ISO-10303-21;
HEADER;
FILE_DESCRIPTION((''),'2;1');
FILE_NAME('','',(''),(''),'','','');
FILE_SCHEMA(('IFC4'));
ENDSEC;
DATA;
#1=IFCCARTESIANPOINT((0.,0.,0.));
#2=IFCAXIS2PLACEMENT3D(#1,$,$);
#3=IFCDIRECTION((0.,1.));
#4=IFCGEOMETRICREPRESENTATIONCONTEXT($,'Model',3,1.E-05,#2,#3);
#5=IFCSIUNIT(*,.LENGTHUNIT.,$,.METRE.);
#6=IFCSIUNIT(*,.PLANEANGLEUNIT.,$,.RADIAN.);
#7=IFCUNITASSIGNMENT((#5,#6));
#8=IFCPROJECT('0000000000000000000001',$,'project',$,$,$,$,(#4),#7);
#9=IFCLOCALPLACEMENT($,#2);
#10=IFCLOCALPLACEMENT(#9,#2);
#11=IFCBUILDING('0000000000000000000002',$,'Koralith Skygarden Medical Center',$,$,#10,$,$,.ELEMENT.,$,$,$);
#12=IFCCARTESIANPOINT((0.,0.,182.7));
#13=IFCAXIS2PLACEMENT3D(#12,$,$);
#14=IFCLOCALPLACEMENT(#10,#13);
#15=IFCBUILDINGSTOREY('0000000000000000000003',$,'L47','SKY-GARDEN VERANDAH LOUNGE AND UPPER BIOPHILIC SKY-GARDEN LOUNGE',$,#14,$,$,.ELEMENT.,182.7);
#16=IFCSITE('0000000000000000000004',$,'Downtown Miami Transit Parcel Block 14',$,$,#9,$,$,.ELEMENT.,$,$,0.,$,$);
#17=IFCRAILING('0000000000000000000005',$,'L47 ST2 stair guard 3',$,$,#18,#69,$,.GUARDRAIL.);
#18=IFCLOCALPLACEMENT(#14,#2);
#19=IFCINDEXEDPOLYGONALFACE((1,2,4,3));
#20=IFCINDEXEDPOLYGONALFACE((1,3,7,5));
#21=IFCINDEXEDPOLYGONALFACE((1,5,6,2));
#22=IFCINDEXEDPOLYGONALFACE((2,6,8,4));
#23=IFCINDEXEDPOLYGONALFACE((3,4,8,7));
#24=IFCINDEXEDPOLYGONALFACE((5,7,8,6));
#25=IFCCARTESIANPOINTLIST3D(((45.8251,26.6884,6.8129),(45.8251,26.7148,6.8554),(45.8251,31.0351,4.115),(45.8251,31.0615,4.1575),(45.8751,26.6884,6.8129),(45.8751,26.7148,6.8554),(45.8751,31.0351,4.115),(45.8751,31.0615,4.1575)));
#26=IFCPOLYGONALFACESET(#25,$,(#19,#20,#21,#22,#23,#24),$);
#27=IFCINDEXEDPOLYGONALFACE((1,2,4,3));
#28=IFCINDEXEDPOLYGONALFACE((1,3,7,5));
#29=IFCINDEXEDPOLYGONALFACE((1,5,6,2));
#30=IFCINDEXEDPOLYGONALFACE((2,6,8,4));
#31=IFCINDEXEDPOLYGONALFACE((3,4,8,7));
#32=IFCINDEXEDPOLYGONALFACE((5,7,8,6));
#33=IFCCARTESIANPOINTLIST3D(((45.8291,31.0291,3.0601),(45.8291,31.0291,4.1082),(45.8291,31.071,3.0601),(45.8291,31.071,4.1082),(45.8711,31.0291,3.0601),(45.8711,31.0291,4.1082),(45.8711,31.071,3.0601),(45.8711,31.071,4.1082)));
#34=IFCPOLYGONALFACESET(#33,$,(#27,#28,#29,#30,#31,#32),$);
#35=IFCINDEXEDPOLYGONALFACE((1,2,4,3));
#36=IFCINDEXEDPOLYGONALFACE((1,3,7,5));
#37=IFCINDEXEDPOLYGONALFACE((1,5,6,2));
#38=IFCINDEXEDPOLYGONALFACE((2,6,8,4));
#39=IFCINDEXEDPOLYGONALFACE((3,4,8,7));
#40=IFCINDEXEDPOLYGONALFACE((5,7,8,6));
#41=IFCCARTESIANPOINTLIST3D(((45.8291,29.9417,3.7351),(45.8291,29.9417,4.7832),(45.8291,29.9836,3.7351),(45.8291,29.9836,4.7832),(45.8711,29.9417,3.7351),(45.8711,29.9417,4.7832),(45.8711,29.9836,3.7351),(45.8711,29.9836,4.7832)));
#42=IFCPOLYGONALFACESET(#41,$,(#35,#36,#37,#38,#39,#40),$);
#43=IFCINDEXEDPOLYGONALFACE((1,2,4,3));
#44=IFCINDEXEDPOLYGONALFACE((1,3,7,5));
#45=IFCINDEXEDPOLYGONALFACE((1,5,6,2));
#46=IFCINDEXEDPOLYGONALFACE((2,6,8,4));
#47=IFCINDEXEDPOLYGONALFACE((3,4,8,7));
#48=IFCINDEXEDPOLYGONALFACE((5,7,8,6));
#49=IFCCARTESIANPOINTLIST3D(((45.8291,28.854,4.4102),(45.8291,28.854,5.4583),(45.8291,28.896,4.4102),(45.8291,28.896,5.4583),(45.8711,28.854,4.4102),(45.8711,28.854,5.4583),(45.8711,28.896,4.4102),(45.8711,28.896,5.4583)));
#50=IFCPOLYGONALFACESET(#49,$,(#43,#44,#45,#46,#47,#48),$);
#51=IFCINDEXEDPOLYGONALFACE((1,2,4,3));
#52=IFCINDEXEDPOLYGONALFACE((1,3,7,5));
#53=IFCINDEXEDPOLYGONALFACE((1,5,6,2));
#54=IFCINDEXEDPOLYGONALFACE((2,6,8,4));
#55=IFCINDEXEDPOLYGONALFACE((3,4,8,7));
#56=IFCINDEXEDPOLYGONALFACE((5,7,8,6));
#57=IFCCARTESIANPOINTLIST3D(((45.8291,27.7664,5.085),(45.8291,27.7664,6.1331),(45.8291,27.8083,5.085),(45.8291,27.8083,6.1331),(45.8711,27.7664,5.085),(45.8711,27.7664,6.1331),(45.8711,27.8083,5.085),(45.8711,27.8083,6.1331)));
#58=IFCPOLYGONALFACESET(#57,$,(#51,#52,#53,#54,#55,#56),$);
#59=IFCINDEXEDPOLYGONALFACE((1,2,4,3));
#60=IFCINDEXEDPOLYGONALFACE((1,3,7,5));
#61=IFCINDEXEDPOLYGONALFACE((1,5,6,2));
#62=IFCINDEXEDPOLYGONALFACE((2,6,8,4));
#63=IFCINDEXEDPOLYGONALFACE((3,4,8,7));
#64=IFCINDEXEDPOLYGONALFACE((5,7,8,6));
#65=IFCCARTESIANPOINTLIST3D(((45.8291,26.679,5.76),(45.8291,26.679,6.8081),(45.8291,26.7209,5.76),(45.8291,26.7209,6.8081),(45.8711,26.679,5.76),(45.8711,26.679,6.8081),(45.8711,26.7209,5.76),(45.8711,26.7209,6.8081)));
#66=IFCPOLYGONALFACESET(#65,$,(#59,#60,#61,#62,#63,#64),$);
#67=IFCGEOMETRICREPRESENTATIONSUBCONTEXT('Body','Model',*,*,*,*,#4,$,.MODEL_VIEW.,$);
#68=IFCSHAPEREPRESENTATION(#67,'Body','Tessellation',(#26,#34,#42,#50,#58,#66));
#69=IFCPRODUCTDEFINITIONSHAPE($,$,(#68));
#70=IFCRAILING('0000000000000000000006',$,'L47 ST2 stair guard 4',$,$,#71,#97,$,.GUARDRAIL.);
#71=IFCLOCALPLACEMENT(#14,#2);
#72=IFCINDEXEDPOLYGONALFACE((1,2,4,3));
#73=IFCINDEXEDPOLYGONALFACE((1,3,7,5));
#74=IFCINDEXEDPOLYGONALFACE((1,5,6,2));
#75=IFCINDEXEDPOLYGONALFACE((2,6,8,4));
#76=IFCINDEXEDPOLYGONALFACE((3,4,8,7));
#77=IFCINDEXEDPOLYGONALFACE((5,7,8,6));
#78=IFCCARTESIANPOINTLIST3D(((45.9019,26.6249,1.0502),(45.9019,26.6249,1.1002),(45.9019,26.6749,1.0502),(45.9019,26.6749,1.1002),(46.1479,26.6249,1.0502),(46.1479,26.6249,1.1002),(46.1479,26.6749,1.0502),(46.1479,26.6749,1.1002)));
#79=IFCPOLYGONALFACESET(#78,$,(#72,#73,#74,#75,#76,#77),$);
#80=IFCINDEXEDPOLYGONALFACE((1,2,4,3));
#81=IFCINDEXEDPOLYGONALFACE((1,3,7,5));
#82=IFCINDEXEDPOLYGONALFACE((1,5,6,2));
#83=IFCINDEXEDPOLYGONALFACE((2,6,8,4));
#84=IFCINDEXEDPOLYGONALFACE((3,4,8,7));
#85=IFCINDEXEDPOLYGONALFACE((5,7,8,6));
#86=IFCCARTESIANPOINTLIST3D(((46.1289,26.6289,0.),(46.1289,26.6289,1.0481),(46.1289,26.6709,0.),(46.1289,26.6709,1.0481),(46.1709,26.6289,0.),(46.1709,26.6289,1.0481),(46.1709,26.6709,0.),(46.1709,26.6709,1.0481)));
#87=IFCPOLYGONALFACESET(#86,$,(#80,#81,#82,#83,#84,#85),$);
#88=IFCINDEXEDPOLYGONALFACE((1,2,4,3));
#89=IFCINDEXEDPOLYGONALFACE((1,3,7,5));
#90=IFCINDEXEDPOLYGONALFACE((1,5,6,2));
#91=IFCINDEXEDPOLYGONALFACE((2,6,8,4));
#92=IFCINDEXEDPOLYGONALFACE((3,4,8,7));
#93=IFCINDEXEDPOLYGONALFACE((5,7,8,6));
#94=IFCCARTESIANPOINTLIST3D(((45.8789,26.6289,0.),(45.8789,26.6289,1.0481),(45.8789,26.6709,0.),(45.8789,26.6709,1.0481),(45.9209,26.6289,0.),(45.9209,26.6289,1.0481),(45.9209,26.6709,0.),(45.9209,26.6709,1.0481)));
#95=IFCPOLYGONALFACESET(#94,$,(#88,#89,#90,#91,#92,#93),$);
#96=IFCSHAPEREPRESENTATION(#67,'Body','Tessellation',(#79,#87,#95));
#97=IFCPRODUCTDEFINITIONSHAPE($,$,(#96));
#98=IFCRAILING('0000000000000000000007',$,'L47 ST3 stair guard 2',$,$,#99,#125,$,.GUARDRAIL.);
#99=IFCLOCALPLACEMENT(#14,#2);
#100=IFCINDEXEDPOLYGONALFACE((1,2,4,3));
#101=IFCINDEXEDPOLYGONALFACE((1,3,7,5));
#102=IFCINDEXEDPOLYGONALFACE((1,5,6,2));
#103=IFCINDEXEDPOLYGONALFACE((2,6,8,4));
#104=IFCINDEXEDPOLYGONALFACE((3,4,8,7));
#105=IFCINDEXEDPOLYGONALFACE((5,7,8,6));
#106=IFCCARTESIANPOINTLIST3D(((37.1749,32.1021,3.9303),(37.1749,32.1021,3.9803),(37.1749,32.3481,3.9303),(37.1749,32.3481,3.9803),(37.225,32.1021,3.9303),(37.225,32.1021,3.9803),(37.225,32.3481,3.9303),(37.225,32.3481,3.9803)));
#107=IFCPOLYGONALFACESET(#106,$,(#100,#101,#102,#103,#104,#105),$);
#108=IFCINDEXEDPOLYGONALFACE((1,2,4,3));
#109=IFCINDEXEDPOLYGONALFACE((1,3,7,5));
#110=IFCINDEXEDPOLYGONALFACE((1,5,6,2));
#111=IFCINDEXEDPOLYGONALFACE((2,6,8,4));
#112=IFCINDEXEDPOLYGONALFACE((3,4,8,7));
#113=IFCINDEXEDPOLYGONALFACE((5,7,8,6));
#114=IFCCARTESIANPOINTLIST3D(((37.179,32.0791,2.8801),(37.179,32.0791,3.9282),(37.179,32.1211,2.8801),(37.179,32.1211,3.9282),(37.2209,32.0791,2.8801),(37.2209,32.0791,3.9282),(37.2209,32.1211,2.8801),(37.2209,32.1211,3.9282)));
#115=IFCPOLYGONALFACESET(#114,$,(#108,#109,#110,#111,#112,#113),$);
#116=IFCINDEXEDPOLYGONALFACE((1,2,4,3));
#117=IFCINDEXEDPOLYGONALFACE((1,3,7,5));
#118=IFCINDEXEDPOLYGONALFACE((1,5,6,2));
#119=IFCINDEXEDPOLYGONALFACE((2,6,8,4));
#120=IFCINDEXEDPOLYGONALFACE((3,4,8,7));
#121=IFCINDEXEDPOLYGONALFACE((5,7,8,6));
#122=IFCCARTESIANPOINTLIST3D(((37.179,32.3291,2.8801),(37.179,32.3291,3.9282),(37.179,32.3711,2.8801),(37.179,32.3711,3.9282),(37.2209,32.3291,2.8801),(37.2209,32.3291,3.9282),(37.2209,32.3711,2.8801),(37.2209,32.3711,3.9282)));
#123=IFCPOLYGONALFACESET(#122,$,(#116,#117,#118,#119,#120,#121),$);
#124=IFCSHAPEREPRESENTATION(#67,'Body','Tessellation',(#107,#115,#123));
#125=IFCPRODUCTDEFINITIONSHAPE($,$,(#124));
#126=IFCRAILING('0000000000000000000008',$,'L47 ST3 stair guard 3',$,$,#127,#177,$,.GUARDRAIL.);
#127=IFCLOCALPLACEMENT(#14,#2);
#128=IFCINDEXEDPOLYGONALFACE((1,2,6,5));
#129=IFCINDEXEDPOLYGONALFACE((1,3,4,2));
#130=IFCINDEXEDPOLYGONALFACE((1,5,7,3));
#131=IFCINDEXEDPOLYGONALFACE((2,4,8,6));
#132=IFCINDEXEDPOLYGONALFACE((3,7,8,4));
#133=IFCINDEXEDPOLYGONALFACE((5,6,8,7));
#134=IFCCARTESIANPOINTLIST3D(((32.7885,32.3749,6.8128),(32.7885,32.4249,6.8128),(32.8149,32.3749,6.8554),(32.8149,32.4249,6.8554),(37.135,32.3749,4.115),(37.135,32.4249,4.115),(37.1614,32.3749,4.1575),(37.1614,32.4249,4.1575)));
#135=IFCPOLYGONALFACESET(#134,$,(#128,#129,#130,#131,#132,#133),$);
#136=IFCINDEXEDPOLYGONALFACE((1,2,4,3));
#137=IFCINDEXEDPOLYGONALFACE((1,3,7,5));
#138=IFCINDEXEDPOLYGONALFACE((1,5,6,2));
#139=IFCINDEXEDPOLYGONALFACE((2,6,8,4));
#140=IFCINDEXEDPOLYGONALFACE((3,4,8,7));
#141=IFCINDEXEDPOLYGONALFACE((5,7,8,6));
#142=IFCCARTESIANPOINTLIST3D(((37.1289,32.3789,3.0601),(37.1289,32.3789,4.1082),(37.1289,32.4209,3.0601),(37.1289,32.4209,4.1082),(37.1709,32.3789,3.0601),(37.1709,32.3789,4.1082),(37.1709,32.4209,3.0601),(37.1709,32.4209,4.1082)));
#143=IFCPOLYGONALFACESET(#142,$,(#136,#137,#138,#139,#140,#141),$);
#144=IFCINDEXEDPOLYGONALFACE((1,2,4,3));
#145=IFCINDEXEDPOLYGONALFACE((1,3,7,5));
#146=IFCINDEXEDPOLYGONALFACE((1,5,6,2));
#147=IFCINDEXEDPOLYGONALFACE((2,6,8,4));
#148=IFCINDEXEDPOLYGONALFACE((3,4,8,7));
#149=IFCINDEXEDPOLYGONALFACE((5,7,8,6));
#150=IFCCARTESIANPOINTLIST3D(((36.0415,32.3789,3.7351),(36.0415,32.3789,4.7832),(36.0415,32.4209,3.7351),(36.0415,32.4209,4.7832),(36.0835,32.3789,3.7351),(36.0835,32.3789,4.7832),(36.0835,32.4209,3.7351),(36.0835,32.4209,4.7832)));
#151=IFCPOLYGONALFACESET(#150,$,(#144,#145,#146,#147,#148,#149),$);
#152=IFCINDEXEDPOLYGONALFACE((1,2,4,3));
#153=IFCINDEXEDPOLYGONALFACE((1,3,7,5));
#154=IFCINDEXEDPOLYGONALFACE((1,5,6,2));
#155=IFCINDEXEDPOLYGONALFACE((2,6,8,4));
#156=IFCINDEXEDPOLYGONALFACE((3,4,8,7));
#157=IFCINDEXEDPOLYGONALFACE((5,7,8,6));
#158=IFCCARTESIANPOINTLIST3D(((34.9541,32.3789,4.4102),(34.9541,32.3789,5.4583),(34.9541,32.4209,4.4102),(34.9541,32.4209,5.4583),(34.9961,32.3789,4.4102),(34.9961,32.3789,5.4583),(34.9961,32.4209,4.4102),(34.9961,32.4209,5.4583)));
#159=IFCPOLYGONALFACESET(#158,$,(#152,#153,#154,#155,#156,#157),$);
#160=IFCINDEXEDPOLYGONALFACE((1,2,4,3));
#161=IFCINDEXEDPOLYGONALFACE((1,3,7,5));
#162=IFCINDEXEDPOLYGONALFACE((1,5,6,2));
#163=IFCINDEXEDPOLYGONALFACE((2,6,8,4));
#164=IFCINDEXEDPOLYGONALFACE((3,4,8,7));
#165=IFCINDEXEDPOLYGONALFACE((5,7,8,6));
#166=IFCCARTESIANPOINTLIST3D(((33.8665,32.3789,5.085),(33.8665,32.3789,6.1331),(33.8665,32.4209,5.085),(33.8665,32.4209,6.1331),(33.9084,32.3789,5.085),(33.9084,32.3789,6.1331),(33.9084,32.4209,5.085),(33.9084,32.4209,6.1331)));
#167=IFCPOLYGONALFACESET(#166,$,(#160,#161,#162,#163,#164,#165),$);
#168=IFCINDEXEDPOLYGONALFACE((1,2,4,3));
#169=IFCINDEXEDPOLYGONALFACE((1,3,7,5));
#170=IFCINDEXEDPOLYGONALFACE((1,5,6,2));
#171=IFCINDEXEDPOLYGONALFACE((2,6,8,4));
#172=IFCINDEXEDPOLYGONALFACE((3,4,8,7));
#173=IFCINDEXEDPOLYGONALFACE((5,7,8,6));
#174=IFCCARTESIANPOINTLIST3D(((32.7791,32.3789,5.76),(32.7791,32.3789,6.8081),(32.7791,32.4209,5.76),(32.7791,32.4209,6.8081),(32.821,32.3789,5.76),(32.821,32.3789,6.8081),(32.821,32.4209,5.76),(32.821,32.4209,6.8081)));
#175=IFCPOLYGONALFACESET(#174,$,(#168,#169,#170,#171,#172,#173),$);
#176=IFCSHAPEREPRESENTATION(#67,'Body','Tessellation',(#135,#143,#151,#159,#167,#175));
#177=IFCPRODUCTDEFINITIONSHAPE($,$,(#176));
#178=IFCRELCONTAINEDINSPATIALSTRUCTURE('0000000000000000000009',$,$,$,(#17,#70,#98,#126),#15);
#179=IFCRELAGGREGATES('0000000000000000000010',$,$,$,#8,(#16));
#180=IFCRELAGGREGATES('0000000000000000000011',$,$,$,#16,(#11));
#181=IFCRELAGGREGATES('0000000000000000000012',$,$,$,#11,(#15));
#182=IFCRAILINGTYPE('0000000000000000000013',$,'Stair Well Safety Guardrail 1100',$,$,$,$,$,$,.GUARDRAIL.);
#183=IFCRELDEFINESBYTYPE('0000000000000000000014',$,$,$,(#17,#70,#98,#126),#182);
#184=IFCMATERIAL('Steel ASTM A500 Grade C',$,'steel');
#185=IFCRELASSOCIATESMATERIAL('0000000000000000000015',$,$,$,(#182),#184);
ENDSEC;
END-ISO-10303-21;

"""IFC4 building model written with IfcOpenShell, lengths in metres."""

from ifc_helpers import new_model, si_unit, direction, frame, origin, origin_2d, place, context, subcontext, project, spatial, rectangle, extrude, material, type_object, element, save


model = new_model("IFC4")

# Units and contexts
model_context = context("Model", 3, precision=1e-05, world=origin(), true_north=direction((0.0, 1.0)))
body_context = subcontext(model_context, "Body", "Model", "MODEL_VIEW")
ifc_project = project(units=[si_unit("LENGTHUNIT", "METRE"), si_unit("PLANEANGLEUNIT", "RADIAN")], contexts=[model_context])

# Site, building, storey
site_placement = place(None, origin())
site = spatial("IfcSite", under=ifc_project, at=site_placement, Name="Downtown Miami Transit Parcel Block 14", CompositionType="ELEMENT", RefElevation=0.0)
building_placement = place(site_placement, origin())
building = spatial("IfcBuilding", under=site, at=building_placement, Name="Koralith Skygarden Medical Center", CompositionType="ELEMENT")
storey_placement = place(building_placement, frame((0.0, 0.0, 182.7)))
storey = spatial("IfcBuildingStorey", under=building, at=storey_placement, Name="L47", Description="SKY-GARDEN VERANDAH LOUNGE AND UPPER BIOPHILIC SKY-GARDEN LOUNGE", CompositionType="ELEMENT", Elevation=182.7)

# Railings
ifc_material_1 = material(Name="Steel ASTM A500 Grade C", Category="steel")
railing_type_1 = type_object("IfcRailingType", Name="Stair Well Safety Guardrail 1100", PredefinedType="GUARDRAIL", material=ifc_material_1)
railing_1_placement = place(storey_placement, frame((45.8501, 31.05, 3.0601)))
element("IfcRailing", 1, at=railing_1_placement, inside=storey, type_object=railing_type_1, Name="L47 ST2 stair guard 3", PredefinedType="GUARDRAIL", context=body_context, shape_type="SweptSolid", body=[
    extrude(rectangle(XDim=0.05, YDim=0.05, at=origin_2d()), frame((0.0, -0.0017, 1.0762), z_axis=(0.0, -0.84965, 0.527347), x_axis=(1.0, 0.0, 0.0)), (0.0, 0.0, 1.0), 5.116),
    extrude(rectangle(XDim=0.042, YDim=0.042, at=origin_2d()), origin(), (0.0, 0.0, 1.0), 1.0481),
    extrude(rectangle(XDim=0.042, YDim=0.042, at=origin_2d()), frame((0.0, -1.0874, 0.675)), (0.0, 0.0, 1.0), 1.0481),
    extrude(rectangle(XDim=0.042, YDim=0.042, at=origin_2d()), frame((0.0, -2.175, 1.3501)), (0.0, 0.0, 1.0), 1.0481),
    extrude(rectangle(XDim=0.042, YDim=0.042, at=origin_2d()), frame((0.0, -3.2627, 2.0249)), (0.0, 0.0, 1.0), 1.0481),
    extrude(rectangle(XDim=0.042, YDim=0.042, at=origin_2d()), frame((0.0, -4.3501, 2.7)), (0.0, 0.0, 1.0), 1.0481),
])
railing_2_placement = place(storey_placement, frame((46.1499, 26.6499, 0.0)))
element("IfcRailing", 2, at=railing_2_placement, inside=storey, type_object=railing_type_1, Name="L47 ST2 stair guard 4", PredefinedType="GUARDRAIL", context=body_context, shape_type="SweptSolid", body=[
    extrude(rectangle(XDim=0.05, YDim=0.05, at=origin_2d()), frame((-0.002, 0.0, 1.0752), z_axis=(-1.0, 0.0, 0.0), x_axis=(0.0, -1.0, 0.0)), (0.0, 0.0, 1.0), 0.2461),
    extrude(rectangle(XDim=0.042, YDim=0.042, at=origin_2d()), origin(), (0.0, 0.0, 1.0), 1.0481),
    extrude(rectangle(XDim=0.042, YDim=0.042, at=origin_2d()), frame((-0.25, 0.0, 0.0)), (0.0, 0.0, 1.0), 1.0481),
])
railing_3_placement = place(storey_placement, frame((37.2, 32.1001, 2.8801)))
element("IfcRailing", 3, at=railing_3_placement, inside=storey, type_object=railing_type_1, Name="L47 ST3 stair guard 2", PredefinedType="GUARDRAIL", context=body_context, shape_type="SweptSolid", body=[
    extrude(rectangle(XDim=0.05, YDim=0.05, at=origin_2d()), frame((0.0, 0.002, 1.0752), z_axis=(0.0, 1.0, 0.0), x_axis=(-1.0, 0.0, 0.0)), (0.0, 0.0, 1.0), 0.2461),
    extrude(rectangle(XDim=0.042, YDim=0.042, at=origin_2d()), origin(), (0.0, 0.0, 1.0), 1.0481),
    extrude(rectangle(XDim=0.042, YDim=0.042, at=origin_2d()), frame((0.0, 0.25, 0.0)), (0.0, 0.0, 1.0), 1.0481),
])
railing_4_placement = place(storey_placement, frame((37.1499, 32.3999, 3.0601)))
element("IfcRailing", 4, at=railing_4_placement, inside=storey, type_object=railing_type_1, Name="L47 ST3 stair guard 3", PredefinedType="GUARDRAIL", context=body_context, shape_type="SweptSolid", body=[
    extrude(rectangle(XDim=0.05, YDim=0.05, at=origin_2d()), frame((-0.0017, 0.0, 1.0762), z_axis=(-0.849636, 0.0, 0.527369), x_axis=(0.0, -1.0, 0.0)), (0.0, 0.0, 1.0), 5.1157),
    extrude(rectangle(XDim=0.042, YDim=0.042, at=origin_2d()), origin(), (0.0, 0.0, 1.0), 1.0481),
    extrude(rectangle(XDim=0.042, YDim=0.042, at=origin_2d()), frame((-1.0874, 0.0, 0.675)), (0.0, 0.0, 1.0), 1.0481),
    extrude(rectangle(XDim=0.042, YDim=0.042, at=origin_2d()), frame((-2.1748, 0.0, 1.3501)), (0.0, 0.0, 1.0), 1.0481),
    extrude(rectangle(XDim=0.042, YDim=0.042, at=origin_2d()), frame((-3.2625, 0.0, 2.0249)), (0.0, 0.0, 1.0), 1.0481),
    extrude(rectangle(XDim=0.042, YDim=0.042, at=origin_2d()), frame((-4.3499, 0.0, 2.7)), (0.0, 0.0, 1.0), 1.0481),
])

save(model, "model.ifc")
